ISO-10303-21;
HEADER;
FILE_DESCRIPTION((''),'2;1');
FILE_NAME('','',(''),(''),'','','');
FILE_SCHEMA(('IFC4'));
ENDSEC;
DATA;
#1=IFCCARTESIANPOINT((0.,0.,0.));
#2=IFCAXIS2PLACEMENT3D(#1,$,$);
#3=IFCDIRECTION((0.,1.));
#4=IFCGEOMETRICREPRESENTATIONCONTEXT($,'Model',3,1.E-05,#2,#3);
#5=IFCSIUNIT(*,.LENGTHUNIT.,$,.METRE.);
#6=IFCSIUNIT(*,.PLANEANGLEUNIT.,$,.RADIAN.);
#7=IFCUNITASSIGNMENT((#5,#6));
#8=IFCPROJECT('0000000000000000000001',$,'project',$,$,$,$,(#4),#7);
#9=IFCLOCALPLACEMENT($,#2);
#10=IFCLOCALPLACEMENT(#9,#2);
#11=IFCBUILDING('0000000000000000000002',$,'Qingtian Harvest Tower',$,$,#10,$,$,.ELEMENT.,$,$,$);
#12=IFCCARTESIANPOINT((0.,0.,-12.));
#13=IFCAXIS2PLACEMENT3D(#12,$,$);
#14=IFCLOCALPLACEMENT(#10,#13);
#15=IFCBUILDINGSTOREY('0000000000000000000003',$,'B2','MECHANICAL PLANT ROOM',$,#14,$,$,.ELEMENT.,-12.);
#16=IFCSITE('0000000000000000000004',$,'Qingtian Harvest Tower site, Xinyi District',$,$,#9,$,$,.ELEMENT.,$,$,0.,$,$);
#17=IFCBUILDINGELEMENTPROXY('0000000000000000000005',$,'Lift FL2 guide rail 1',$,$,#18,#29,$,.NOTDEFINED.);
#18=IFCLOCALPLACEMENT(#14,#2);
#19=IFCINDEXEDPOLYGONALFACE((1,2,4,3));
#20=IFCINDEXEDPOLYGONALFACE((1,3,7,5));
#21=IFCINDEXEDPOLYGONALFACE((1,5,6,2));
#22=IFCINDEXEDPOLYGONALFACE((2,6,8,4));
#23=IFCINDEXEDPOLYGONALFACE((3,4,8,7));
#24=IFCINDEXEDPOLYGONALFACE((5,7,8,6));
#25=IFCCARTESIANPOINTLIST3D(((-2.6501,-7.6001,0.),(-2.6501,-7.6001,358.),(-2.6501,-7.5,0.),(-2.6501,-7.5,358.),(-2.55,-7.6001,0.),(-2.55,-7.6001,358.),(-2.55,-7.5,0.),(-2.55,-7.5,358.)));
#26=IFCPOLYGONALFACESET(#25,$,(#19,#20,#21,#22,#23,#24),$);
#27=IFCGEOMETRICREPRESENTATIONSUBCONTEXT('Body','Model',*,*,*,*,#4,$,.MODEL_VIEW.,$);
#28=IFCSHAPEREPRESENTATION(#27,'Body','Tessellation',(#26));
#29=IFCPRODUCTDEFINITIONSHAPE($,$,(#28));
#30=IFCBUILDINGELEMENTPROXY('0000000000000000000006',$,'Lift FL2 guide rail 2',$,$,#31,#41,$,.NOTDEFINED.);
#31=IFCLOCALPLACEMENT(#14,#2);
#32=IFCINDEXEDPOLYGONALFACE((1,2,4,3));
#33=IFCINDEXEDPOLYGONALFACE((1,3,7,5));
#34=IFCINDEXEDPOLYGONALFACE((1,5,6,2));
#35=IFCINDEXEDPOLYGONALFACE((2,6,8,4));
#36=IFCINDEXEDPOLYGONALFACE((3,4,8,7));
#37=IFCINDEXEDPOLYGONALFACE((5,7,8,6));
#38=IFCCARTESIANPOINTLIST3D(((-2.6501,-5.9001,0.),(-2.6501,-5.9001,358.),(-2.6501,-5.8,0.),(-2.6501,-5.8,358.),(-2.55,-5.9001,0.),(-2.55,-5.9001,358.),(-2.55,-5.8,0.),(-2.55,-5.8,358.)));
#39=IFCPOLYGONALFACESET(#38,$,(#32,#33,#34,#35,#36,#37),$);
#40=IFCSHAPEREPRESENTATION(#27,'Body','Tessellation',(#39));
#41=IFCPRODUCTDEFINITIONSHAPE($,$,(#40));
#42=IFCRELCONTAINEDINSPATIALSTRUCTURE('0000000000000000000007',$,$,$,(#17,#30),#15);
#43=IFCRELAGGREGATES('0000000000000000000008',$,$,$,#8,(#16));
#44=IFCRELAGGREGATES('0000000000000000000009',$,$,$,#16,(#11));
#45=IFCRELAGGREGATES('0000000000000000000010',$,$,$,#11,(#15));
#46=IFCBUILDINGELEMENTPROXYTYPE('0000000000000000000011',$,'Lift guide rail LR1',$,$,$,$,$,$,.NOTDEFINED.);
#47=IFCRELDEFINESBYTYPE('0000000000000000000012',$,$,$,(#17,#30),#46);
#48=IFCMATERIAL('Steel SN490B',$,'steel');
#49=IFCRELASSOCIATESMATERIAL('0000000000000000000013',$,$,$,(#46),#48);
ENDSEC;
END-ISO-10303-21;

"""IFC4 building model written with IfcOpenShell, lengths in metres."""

from ifc_helpers import new_model, si_unit, direction, frame, origin, origin_2d, place, context, subcontext, project, spatial, rectangle, extrude, material, type_object, element, save


model = new_model("IFC4")

# Units and contexts
model_context = context("Model", 3, precision=1e-05, world=origin(), true_north=direction((0.0, 1.0)))
body_context = subcontext(model_context, "Body", "Model", "MODEL_VIEW")
ifc_project = project(units=[si_unit("LENGTHUNIT", "METRE"), si_unit("PLANEANGLEUNIT", "RADIAN")], contexts=[model_context])

# Site, building, storey
site_placement = place(None, origin())
site = spatial("IfcSite", under=ifc_project, at=site_placement, Name="Qingtian Harvest Tower site, Xinyi District", CompositionType="ELEMENT", RefElevation=0.0)
building_placement = place(site_placement, origin())
building = spatial("IfcBuilding", under=site, at=building_placement, Name="Qingtian Harvest Tower", CompositionType="ELEMENT")
storey_placement = place(building_placement, frame((0.0, 0.0, -12.0)))
storey = spatial("IfcBuildingStorey", under=building, at=storey_placement, Name="B2", Description="MECHANICAL PLANT ROOM", CompositionType="ELEMENT", Elevation=-12.0)

# Building element proxies
ifc_material_1 = material(Name="Steel SN490B", Category="steel")
building_element_proxy_type = type_object("IfcBuildingElementProxyType", Name="Lift guide rail LR1", PredefinedType="NOTDEFINED", material=ifc_material_1)
for number, where, z_axis, x_axis, name in (
    (1, (-2.6001, -7.55, 0.0), (0.0, 0.0, 1.0), (1.0, 0.0, 0.0), "Lift FL2 guide rail 1"),
    (2, (-2.6001, -5.8501, 0.0), (0.0, 0.0, 1.0), (1.0, 0.0, 0.0), "Lift FL2 guide rail 2"),
):
    element("IfcBuildingElementProxy", number, at=place(storey_placement, frame(where, z_axis=z_axis, x_axis=x_axis)), inside=storey, type_object=building_element_proxy_type, Name=name, PredefinedType="NOTDEFINED", context=body_context, shape_type="SweptSolid", body=[
        extrude(rectangle(XDim=0.1001, YDim=0.1001, at=origin_2d()), origin(), (0.0, 0.0, 1.0), 358.0),
    ])

save(model, "model.ifc")
